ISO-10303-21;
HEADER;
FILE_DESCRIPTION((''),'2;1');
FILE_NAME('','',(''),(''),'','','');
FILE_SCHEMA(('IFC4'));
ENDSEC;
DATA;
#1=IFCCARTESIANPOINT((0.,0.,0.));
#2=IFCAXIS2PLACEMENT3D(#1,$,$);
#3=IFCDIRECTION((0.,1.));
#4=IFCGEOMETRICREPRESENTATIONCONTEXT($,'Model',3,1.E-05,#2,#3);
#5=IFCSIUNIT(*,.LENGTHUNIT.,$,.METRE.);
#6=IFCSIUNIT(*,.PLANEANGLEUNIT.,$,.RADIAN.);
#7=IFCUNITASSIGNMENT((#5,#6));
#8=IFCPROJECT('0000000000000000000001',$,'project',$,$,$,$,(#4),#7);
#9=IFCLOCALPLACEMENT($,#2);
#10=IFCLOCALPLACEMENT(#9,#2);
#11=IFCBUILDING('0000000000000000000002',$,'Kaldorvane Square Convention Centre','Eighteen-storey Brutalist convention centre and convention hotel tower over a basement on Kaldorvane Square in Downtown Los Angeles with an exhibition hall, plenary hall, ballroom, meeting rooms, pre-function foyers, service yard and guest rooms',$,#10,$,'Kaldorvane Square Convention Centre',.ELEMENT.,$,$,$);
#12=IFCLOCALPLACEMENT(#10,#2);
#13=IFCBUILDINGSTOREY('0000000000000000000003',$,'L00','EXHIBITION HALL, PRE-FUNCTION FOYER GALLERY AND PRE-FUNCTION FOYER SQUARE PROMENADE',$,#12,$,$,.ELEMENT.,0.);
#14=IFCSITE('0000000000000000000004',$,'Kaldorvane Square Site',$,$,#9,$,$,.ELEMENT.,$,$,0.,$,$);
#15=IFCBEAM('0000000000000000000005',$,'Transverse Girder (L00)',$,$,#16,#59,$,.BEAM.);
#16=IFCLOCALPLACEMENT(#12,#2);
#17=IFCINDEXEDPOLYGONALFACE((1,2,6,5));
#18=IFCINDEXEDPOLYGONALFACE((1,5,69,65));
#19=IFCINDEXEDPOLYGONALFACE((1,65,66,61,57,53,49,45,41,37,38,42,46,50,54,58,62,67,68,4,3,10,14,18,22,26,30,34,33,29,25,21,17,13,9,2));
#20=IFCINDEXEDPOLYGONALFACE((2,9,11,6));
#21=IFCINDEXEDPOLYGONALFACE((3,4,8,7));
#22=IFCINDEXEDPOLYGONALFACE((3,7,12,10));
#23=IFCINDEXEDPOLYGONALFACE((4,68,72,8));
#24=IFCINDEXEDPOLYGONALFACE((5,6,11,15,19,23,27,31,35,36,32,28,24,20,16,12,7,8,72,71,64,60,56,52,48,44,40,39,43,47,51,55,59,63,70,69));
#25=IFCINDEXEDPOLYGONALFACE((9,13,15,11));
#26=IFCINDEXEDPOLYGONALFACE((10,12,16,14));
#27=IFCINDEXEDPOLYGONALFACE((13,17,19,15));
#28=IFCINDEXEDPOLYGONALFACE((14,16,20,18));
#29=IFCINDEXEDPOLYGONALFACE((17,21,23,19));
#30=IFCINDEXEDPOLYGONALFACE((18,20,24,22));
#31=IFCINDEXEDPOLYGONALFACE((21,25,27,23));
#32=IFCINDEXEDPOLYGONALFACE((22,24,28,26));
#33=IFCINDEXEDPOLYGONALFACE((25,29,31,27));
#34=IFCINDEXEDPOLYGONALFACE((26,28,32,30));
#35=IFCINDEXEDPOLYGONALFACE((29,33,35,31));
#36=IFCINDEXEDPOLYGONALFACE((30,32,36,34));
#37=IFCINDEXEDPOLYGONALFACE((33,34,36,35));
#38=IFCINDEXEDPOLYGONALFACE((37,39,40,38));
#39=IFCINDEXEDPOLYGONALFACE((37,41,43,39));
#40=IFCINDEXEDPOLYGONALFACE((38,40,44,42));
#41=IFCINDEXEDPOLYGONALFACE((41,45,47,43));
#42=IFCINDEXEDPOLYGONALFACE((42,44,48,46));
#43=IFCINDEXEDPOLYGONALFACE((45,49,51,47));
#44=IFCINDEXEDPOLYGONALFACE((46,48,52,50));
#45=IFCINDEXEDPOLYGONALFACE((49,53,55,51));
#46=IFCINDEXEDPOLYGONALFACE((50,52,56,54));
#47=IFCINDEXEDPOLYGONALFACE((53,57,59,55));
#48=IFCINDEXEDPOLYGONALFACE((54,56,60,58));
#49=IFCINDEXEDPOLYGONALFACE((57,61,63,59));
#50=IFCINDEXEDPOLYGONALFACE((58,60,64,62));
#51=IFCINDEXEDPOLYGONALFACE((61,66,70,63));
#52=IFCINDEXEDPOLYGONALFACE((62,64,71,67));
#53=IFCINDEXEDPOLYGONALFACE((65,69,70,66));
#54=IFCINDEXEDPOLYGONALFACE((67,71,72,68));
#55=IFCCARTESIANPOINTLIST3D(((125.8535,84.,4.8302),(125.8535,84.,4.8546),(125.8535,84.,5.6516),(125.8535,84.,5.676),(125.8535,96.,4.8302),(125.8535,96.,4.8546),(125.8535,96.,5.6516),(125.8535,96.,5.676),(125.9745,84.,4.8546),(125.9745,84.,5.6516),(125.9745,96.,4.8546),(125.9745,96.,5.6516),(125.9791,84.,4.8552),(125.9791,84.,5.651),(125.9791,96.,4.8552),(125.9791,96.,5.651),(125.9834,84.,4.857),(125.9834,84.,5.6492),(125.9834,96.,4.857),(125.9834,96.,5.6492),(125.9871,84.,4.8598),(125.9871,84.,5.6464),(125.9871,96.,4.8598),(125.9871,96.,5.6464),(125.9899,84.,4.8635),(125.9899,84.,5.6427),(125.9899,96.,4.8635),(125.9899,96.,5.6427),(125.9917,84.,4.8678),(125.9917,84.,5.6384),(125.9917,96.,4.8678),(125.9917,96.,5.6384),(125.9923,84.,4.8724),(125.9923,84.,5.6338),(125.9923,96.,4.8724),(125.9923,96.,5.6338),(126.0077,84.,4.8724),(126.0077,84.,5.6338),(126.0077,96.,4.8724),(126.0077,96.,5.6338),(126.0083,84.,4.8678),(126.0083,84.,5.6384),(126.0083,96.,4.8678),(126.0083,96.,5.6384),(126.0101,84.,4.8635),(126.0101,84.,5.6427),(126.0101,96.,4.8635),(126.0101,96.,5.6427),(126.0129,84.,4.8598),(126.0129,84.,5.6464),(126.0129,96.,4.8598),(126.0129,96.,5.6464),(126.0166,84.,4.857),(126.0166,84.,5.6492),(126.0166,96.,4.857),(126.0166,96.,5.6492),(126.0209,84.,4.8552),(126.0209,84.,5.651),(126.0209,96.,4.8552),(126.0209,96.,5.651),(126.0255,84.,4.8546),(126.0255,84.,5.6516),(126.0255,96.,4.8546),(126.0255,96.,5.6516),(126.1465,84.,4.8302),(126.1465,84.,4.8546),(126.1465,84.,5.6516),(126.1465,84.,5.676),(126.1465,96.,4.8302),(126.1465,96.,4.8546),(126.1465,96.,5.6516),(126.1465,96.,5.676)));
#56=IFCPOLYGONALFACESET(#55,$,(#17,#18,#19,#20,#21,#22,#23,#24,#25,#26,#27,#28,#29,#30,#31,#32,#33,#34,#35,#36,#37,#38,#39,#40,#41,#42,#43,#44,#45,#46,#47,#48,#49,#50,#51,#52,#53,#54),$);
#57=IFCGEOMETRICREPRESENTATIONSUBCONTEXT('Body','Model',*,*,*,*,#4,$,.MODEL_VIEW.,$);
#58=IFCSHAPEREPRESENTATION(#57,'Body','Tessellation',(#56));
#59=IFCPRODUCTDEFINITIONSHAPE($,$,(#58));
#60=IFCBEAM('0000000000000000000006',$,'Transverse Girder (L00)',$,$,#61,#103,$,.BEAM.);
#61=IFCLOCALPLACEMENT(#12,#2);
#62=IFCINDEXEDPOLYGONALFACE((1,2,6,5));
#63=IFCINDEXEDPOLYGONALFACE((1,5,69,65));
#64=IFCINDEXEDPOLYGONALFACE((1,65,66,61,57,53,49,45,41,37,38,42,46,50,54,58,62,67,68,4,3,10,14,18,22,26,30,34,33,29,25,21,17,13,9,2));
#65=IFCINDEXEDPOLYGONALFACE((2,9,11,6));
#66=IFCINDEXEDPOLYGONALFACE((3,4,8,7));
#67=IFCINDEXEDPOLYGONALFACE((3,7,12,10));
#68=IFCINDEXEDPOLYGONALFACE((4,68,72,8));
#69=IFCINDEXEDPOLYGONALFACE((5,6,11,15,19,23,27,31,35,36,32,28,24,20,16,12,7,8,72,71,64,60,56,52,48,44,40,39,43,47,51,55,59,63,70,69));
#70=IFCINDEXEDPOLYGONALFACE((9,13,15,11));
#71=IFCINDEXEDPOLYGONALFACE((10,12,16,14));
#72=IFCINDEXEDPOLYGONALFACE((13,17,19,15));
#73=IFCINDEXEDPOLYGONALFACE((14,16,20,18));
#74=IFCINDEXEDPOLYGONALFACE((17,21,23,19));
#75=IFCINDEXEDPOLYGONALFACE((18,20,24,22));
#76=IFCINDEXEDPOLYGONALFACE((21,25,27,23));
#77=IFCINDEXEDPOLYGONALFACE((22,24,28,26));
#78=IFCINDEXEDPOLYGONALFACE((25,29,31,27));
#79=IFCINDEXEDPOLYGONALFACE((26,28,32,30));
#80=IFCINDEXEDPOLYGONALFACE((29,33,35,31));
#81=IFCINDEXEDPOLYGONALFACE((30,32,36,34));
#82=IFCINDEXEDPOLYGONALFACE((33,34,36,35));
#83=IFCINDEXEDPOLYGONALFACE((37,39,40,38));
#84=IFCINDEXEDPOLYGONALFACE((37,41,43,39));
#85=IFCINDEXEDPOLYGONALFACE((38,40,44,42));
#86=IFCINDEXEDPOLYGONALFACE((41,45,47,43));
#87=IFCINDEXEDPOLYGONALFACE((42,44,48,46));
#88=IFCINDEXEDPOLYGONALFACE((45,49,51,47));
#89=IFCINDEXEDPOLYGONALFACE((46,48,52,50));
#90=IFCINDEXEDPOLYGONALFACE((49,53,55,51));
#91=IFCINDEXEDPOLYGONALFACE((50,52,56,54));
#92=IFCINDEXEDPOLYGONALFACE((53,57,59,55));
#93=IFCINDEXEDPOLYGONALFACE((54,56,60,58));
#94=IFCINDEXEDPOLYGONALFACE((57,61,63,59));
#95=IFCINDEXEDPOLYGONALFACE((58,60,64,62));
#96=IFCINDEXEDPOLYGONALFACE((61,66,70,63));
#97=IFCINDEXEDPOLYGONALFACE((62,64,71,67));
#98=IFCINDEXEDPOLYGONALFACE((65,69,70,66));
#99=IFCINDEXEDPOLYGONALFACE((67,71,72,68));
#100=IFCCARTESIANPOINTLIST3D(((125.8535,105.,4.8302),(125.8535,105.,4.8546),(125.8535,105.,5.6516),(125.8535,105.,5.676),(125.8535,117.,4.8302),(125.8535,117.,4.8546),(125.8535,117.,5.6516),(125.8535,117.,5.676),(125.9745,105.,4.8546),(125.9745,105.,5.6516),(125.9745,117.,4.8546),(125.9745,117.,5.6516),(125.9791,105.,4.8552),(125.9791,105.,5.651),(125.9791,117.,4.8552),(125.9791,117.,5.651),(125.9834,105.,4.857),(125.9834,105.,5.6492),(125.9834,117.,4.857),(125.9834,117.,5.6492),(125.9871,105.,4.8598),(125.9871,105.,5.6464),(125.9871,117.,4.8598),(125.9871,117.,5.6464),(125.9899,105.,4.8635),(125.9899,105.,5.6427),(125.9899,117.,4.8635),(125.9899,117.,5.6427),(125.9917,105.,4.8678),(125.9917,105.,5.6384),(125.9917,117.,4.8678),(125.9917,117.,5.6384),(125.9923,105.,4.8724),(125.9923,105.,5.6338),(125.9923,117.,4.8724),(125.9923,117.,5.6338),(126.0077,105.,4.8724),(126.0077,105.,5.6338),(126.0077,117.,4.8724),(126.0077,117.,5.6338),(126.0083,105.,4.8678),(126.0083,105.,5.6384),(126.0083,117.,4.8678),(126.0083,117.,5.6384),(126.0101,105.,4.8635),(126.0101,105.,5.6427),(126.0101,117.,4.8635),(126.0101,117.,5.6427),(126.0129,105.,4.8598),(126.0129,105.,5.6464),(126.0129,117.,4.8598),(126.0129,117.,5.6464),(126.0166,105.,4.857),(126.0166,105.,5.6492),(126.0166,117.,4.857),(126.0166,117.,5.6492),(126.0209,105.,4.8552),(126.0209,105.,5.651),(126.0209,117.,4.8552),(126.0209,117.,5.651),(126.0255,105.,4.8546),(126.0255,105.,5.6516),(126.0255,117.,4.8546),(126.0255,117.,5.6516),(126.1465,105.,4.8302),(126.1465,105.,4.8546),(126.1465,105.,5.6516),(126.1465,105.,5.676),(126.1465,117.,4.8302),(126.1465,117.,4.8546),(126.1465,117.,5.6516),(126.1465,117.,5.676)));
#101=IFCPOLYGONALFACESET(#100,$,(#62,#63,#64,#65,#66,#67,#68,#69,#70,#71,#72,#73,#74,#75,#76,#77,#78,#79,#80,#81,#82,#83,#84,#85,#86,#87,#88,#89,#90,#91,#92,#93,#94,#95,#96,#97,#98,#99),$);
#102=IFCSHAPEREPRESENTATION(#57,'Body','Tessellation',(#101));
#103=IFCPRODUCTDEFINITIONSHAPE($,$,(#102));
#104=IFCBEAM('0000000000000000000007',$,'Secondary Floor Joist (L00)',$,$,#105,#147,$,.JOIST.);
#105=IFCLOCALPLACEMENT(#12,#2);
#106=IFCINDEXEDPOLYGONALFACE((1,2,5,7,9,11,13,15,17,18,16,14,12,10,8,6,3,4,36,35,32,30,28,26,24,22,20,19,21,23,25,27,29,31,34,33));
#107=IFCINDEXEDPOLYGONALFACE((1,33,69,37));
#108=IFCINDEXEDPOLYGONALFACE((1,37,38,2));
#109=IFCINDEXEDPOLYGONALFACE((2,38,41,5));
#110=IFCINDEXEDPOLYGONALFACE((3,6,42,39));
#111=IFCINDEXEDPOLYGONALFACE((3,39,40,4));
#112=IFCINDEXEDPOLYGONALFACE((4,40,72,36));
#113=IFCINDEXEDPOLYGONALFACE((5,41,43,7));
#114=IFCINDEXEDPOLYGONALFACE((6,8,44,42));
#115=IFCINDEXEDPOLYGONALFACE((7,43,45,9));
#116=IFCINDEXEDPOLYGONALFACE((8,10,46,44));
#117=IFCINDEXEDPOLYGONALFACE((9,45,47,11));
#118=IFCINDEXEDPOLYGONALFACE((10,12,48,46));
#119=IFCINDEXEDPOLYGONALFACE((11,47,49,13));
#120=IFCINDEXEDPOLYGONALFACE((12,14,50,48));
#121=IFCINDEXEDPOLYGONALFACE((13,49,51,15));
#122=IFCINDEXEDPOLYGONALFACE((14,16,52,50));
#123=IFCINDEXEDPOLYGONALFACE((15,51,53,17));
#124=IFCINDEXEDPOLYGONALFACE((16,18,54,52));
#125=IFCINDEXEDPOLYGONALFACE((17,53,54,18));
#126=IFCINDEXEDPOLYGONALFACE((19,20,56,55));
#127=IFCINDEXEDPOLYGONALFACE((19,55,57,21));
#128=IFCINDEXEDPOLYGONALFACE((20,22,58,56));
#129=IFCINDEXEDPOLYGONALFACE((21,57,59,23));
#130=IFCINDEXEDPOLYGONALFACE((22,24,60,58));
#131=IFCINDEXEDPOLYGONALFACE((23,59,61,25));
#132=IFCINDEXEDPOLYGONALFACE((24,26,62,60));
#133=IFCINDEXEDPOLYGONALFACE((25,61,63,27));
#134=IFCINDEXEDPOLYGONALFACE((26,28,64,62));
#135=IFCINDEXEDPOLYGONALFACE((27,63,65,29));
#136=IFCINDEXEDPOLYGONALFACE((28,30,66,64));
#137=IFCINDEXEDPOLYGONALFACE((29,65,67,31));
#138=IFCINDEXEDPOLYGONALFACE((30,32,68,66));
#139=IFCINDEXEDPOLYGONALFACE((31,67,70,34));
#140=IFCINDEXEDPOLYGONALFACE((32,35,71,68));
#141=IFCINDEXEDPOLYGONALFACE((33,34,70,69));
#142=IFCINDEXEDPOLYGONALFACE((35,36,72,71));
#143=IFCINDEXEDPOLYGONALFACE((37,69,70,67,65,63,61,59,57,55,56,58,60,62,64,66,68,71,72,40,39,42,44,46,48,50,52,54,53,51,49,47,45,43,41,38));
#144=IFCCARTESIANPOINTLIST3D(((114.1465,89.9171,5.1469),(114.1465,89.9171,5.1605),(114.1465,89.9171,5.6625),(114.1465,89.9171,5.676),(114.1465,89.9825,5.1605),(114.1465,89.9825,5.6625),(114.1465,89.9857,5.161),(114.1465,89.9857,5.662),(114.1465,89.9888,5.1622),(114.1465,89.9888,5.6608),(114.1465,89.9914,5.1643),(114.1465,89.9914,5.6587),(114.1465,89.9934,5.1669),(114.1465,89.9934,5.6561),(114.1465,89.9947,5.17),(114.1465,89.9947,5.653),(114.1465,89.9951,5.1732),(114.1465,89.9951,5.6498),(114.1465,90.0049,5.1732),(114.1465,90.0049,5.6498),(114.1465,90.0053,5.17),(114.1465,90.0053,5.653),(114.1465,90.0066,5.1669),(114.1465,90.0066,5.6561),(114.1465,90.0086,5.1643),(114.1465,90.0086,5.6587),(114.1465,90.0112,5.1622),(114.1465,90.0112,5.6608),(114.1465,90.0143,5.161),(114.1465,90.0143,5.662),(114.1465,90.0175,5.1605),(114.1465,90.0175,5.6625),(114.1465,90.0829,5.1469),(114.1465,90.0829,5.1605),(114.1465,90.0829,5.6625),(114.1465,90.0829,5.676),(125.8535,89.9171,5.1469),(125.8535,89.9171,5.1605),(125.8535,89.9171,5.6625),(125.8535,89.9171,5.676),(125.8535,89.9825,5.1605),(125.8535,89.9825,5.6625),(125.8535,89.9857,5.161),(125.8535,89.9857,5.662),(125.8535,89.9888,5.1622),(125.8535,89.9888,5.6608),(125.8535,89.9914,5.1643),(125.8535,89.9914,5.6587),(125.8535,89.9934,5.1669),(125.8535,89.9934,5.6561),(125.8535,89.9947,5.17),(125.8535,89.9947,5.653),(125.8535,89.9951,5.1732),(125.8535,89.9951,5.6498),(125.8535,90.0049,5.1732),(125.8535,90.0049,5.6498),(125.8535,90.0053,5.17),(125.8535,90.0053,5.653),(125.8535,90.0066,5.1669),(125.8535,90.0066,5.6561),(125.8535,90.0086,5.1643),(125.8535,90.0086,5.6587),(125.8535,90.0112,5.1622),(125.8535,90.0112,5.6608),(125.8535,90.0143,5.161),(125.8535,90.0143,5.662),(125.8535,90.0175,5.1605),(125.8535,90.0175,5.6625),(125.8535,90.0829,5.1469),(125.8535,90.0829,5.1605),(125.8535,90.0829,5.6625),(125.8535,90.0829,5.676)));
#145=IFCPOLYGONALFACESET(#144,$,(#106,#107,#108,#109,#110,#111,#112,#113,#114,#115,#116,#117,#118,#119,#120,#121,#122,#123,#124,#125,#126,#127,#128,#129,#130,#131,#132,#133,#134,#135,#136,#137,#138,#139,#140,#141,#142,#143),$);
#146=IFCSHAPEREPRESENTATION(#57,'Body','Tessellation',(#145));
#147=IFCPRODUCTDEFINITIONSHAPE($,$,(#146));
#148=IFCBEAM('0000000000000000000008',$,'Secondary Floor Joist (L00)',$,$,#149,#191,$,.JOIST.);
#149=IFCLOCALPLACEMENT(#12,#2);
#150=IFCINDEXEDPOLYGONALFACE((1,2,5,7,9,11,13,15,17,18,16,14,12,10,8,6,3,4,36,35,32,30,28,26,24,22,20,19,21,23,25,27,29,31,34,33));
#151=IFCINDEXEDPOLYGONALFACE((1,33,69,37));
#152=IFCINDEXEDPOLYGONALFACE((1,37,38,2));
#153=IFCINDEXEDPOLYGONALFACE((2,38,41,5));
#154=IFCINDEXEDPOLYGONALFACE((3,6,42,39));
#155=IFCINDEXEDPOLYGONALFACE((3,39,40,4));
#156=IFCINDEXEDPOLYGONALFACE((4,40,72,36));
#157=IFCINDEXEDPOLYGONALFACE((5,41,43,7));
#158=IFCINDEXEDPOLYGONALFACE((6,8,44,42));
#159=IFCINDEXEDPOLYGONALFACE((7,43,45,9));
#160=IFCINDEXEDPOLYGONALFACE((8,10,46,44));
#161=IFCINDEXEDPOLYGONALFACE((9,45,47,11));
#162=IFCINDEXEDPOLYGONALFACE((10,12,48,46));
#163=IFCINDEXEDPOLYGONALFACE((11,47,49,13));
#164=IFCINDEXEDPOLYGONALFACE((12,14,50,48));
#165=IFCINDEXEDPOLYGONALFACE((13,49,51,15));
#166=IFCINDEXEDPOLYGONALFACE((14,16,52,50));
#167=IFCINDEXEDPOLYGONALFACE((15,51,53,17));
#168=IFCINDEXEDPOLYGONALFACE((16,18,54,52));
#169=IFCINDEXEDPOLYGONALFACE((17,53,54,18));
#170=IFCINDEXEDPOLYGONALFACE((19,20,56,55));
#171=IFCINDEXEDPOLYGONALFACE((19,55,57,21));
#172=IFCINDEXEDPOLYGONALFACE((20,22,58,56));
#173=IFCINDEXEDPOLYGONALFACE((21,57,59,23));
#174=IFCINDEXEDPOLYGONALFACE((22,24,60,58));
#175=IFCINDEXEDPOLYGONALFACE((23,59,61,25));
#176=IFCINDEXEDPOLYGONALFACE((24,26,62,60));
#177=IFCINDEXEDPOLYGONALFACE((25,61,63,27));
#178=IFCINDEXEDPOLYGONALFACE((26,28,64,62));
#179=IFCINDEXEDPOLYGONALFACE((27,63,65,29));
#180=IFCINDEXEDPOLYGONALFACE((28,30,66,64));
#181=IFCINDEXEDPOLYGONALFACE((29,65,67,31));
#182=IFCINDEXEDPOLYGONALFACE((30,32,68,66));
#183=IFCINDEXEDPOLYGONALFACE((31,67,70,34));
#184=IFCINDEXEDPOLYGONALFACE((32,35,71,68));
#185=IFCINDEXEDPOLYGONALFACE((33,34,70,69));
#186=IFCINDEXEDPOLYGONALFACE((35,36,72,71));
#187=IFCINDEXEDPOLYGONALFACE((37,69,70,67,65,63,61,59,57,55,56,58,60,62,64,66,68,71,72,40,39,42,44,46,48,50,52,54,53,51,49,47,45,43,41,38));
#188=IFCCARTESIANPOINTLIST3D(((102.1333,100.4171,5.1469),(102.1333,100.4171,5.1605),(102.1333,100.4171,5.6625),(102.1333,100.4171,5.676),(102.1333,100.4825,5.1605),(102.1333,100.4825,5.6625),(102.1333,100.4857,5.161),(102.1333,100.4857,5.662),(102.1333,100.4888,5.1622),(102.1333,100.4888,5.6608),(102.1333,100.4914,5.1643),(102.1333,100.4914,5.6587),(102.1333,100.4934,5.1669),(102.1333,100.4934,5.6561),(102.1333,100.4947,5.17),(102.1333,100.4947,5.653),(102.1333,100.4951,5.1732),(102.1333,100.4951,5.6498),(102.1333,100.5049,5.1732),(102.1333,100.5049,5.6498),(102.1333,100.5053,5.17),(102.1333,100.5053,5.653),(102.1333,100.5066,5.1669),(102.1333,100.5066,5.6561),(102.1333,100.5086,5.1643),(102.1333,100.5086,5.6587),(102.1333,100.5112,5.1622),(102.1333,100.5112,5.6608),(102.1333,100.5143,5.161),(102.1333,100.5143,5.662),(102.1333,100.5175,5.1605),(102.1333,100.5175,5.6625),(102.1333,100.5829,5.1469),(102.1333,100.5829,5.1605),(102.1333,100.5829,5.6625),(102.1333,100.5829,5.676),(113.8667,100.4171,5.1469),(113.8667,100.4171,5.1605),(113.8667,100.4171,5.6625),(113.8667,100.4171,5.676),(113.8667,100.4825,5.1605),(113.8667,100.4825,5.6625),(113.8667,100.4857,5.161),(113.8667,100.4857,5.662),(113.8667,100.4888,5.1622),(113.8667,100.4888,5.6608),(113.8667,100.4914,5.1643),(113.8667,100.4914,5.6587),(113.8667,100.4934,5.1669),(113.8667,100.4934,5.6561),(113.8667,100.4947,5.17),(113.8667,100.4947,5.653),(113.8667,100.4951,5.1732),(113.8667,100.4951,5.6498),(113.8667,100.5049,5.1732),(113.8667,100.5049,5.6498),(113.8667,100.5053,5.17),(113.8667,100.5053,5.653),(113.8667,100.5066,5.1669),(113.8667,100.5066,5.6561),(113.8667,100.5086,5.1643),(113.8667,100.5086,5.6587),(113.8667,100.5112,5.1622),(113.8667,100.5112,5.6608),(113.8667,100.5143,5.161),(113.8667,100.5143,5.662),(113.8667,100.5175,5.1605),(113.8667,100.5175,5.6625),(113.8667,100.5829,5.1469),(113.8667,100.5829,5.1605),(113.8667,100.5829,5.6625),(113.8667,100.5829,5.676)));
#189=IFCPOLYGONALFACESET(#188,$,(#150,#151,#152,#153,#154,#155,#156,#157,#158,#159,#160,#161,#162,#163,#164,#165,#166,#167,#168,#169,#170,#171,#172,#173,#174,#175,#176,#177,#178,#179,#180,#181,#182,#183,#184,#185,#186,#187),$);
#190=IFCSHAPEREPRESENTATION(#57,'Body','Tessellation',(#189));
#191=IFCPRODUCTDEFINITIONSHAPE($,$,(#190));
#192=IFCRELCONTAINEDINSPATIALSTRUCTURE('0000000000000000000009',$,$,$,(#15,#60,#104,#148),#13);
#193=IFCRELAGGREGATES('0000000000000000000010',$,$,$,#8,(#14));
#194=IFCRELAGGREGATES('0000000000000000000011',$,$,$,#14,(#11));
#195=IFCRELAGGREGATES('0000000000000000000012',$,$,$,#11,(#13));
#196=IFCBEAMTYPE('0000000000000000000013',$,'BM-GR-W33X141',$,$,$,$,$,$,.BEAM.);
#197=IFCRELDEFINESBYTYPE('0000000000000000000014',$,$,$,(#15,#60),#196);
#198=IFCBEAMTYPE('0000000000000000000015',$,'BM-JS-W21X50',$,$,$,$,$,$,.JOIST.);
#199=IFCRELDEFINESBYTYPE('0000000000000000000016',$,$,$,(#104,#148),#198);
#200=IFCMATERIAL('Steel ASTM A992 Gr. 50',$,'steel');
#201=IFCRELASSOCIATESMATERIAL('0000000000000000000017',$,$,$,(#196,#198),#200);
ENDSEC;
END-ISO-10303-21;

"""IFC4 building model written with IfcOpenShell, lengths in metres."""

from ifc_helpers import new_model, si_unit, direction, frame, origin, origin_2d, place, context, subcontext, project, spatial, i_section, extrude, material, material_profile, profile_set, type_object, element, save


model = new_model("IFC4")

# Units and contexts
model_context = context("Model", 3, precision=1e-05, world=origin(), true_north=direction((0.0, 1.0)))
body_context = subcontext(model_context, "Body", "Model", "MODEL_VIEW")
ifc_project = project(units=[si_unit("LENGTHUNIT", "METRE"), si_unit("PLANEANGLEUNIT", "RADIAN")], contexts=[model_context])

# Site, building, storey
site_placement = place(None, origin())
site = spatial("IfcSite", under=ifc_project, at=site_placement, Name="Kaldorvane Square Site", CompositionType="ELEMENT", RefElevation=0.0)
building_placement = place(site_placement, origin())
building = spatial("IfcBuilding", under=site, at=building_placement, Name="Kaldorvane Square Convention Centre", Description="Eighteen-storey Brutalist convention centre and convention hotel tower over a basement on Kaldorvane Square in Downtown Los Angeles with an exhibition hall, plenary hall, ballroom, meeting rooms, pre-function foyers, service yard and guest rooms", LongName="Kaldorvane Square Convention Centre", CompositionType="ELEMENT")
storey_placement = place(building_placement, origin())
storey = spatial("IfcBuildingStorey", under=building, at=storey_placement, Name="L00", Description="EXHIBITION HALL, PRE-FUNCTION FOYER GALLERY AND PRE-FUNCTION FOYER SQUARE PROMENADE", CompositionType="ELEMENT", Elevation=0.0)

# Shared definitions
ifc_material_1 = material(Name="Steel ASTM A992 Gr. 50", Category="steel")

# Beams
ifc_material_profile_1 = material_profile(ifc_material_1, i_section(OverallWidth=0.293, OverallDepth=0.8458, WebThickness=0.0154, FlangeThickness=0.0244, FilletRadius=0.0178, at=origin_2d()), Name="W33X141")
ifc_profile_set_1 = profile_set([ifc_material_profile_1], Name="Steel ASTM A992 Gr. 50")
beam_type_1 = type_object("IfcBeamType", Name="BM-GR-W33X141", PredefinedType="BEAM", material=ifc_profile_set_1)
for number, where, z_axis, x_axis, name in (
    (1, (126.0, 84.0, 5.2531), (0.0, 1.0, 0.0), (-1.0, 0.0, 0.0), "Transverse Girder (L00)"),
    (2, (126.0, 105.0, 5.2531), (0.0, 1.0, 0.0), (-1.0, 0.0, 0.0), "Transverse Girder (L00)"),
):
    element("IfcBeam", number, at=place(storey_placement, frame(where, z_axis=z_axis, x_axis=x_axis)), inside=storey, type_object=beam_type_1, Name=name, PredefinedType="BEAM", context=body_context, shape_type="SweptSolid", body=[
        extrude(i_section(OverallWidth=0.293, OverallDepth=0.8458, WebThickness=0.0154, FlangeThickness=0.0244, FilletRadius=0.0178, at=origin_2d()), origin(), (0.0, 0.0, 1.0), 12.0),
    ])
ifc_material_profile_2 = material_profile(ifc_material_1, i_section(OverallWidth=0.1659, OverallDepth=0.5291, WebThickness=0.0097, FlangeThickness=0.0136, FilletRadius=0.0127, at=origin_2d()), Name="W21X50")
ifc_profile_set_2 = profile_set([ifc_material_profile_2], Name="Steel ASTM A992 Gr. 50")
beam_type_2 = type_object("IfcBeamType", Name="BM-JS-W21X50", PredefinedType="JOIST", material=ifc_profile_set_2)
beam_placement = place(storey_placement, frame((114.1465, 90.0, 5.4115), z_axis=(1.0, 0.0, 0.0), x_axis=(0.0, 1.0, 0.0)))
element("IfcBeam", 3, at=beam_placement, inside=storey, type_object=beam_type_2, Name="Secondary Floor Joist (L00)", PredefinedType="JOIST", context=body_context, shape_type="SweptSolid", body=[
    extrude(i_section(OverallWidth=0.1659, OverallDepth=0.5291, WebThickness=0.0097, FlangeThickness=0.0136, FilletRadius=0.0127, at=origin_2d()), origin(), (0.0, 0.0, 1.0), 11.707),
])
for number, where, z_axis, x_axis, name in (
    (4, (102.1333, 100.5, 5.4115), (1.0, 0.0, 0.0), (0.0, 1.0, 0.0), "Secondary Floor Joist (L00)"),
):
    element("IfcBeam", number, at=place(storey_placement, frame(where, z_axis=z_axis, x_axis=x_axis)), inside=storey, type_object=beam_type_2, Name=name, PredefinedType="JOIST", context=body_context, shape_type="SweptSolid", body=[
        extrude(i_section(OverallWidth=0.1659, OverallDepth=0.5291, WebThickness=0.0097, FlangeThickness=0.0136, FilletRadius=0.0127, at=origin_2d()), origin(), (0.0, 0.0, 1.0), 11.7334),
    ])

save(model, "model.ifc")
